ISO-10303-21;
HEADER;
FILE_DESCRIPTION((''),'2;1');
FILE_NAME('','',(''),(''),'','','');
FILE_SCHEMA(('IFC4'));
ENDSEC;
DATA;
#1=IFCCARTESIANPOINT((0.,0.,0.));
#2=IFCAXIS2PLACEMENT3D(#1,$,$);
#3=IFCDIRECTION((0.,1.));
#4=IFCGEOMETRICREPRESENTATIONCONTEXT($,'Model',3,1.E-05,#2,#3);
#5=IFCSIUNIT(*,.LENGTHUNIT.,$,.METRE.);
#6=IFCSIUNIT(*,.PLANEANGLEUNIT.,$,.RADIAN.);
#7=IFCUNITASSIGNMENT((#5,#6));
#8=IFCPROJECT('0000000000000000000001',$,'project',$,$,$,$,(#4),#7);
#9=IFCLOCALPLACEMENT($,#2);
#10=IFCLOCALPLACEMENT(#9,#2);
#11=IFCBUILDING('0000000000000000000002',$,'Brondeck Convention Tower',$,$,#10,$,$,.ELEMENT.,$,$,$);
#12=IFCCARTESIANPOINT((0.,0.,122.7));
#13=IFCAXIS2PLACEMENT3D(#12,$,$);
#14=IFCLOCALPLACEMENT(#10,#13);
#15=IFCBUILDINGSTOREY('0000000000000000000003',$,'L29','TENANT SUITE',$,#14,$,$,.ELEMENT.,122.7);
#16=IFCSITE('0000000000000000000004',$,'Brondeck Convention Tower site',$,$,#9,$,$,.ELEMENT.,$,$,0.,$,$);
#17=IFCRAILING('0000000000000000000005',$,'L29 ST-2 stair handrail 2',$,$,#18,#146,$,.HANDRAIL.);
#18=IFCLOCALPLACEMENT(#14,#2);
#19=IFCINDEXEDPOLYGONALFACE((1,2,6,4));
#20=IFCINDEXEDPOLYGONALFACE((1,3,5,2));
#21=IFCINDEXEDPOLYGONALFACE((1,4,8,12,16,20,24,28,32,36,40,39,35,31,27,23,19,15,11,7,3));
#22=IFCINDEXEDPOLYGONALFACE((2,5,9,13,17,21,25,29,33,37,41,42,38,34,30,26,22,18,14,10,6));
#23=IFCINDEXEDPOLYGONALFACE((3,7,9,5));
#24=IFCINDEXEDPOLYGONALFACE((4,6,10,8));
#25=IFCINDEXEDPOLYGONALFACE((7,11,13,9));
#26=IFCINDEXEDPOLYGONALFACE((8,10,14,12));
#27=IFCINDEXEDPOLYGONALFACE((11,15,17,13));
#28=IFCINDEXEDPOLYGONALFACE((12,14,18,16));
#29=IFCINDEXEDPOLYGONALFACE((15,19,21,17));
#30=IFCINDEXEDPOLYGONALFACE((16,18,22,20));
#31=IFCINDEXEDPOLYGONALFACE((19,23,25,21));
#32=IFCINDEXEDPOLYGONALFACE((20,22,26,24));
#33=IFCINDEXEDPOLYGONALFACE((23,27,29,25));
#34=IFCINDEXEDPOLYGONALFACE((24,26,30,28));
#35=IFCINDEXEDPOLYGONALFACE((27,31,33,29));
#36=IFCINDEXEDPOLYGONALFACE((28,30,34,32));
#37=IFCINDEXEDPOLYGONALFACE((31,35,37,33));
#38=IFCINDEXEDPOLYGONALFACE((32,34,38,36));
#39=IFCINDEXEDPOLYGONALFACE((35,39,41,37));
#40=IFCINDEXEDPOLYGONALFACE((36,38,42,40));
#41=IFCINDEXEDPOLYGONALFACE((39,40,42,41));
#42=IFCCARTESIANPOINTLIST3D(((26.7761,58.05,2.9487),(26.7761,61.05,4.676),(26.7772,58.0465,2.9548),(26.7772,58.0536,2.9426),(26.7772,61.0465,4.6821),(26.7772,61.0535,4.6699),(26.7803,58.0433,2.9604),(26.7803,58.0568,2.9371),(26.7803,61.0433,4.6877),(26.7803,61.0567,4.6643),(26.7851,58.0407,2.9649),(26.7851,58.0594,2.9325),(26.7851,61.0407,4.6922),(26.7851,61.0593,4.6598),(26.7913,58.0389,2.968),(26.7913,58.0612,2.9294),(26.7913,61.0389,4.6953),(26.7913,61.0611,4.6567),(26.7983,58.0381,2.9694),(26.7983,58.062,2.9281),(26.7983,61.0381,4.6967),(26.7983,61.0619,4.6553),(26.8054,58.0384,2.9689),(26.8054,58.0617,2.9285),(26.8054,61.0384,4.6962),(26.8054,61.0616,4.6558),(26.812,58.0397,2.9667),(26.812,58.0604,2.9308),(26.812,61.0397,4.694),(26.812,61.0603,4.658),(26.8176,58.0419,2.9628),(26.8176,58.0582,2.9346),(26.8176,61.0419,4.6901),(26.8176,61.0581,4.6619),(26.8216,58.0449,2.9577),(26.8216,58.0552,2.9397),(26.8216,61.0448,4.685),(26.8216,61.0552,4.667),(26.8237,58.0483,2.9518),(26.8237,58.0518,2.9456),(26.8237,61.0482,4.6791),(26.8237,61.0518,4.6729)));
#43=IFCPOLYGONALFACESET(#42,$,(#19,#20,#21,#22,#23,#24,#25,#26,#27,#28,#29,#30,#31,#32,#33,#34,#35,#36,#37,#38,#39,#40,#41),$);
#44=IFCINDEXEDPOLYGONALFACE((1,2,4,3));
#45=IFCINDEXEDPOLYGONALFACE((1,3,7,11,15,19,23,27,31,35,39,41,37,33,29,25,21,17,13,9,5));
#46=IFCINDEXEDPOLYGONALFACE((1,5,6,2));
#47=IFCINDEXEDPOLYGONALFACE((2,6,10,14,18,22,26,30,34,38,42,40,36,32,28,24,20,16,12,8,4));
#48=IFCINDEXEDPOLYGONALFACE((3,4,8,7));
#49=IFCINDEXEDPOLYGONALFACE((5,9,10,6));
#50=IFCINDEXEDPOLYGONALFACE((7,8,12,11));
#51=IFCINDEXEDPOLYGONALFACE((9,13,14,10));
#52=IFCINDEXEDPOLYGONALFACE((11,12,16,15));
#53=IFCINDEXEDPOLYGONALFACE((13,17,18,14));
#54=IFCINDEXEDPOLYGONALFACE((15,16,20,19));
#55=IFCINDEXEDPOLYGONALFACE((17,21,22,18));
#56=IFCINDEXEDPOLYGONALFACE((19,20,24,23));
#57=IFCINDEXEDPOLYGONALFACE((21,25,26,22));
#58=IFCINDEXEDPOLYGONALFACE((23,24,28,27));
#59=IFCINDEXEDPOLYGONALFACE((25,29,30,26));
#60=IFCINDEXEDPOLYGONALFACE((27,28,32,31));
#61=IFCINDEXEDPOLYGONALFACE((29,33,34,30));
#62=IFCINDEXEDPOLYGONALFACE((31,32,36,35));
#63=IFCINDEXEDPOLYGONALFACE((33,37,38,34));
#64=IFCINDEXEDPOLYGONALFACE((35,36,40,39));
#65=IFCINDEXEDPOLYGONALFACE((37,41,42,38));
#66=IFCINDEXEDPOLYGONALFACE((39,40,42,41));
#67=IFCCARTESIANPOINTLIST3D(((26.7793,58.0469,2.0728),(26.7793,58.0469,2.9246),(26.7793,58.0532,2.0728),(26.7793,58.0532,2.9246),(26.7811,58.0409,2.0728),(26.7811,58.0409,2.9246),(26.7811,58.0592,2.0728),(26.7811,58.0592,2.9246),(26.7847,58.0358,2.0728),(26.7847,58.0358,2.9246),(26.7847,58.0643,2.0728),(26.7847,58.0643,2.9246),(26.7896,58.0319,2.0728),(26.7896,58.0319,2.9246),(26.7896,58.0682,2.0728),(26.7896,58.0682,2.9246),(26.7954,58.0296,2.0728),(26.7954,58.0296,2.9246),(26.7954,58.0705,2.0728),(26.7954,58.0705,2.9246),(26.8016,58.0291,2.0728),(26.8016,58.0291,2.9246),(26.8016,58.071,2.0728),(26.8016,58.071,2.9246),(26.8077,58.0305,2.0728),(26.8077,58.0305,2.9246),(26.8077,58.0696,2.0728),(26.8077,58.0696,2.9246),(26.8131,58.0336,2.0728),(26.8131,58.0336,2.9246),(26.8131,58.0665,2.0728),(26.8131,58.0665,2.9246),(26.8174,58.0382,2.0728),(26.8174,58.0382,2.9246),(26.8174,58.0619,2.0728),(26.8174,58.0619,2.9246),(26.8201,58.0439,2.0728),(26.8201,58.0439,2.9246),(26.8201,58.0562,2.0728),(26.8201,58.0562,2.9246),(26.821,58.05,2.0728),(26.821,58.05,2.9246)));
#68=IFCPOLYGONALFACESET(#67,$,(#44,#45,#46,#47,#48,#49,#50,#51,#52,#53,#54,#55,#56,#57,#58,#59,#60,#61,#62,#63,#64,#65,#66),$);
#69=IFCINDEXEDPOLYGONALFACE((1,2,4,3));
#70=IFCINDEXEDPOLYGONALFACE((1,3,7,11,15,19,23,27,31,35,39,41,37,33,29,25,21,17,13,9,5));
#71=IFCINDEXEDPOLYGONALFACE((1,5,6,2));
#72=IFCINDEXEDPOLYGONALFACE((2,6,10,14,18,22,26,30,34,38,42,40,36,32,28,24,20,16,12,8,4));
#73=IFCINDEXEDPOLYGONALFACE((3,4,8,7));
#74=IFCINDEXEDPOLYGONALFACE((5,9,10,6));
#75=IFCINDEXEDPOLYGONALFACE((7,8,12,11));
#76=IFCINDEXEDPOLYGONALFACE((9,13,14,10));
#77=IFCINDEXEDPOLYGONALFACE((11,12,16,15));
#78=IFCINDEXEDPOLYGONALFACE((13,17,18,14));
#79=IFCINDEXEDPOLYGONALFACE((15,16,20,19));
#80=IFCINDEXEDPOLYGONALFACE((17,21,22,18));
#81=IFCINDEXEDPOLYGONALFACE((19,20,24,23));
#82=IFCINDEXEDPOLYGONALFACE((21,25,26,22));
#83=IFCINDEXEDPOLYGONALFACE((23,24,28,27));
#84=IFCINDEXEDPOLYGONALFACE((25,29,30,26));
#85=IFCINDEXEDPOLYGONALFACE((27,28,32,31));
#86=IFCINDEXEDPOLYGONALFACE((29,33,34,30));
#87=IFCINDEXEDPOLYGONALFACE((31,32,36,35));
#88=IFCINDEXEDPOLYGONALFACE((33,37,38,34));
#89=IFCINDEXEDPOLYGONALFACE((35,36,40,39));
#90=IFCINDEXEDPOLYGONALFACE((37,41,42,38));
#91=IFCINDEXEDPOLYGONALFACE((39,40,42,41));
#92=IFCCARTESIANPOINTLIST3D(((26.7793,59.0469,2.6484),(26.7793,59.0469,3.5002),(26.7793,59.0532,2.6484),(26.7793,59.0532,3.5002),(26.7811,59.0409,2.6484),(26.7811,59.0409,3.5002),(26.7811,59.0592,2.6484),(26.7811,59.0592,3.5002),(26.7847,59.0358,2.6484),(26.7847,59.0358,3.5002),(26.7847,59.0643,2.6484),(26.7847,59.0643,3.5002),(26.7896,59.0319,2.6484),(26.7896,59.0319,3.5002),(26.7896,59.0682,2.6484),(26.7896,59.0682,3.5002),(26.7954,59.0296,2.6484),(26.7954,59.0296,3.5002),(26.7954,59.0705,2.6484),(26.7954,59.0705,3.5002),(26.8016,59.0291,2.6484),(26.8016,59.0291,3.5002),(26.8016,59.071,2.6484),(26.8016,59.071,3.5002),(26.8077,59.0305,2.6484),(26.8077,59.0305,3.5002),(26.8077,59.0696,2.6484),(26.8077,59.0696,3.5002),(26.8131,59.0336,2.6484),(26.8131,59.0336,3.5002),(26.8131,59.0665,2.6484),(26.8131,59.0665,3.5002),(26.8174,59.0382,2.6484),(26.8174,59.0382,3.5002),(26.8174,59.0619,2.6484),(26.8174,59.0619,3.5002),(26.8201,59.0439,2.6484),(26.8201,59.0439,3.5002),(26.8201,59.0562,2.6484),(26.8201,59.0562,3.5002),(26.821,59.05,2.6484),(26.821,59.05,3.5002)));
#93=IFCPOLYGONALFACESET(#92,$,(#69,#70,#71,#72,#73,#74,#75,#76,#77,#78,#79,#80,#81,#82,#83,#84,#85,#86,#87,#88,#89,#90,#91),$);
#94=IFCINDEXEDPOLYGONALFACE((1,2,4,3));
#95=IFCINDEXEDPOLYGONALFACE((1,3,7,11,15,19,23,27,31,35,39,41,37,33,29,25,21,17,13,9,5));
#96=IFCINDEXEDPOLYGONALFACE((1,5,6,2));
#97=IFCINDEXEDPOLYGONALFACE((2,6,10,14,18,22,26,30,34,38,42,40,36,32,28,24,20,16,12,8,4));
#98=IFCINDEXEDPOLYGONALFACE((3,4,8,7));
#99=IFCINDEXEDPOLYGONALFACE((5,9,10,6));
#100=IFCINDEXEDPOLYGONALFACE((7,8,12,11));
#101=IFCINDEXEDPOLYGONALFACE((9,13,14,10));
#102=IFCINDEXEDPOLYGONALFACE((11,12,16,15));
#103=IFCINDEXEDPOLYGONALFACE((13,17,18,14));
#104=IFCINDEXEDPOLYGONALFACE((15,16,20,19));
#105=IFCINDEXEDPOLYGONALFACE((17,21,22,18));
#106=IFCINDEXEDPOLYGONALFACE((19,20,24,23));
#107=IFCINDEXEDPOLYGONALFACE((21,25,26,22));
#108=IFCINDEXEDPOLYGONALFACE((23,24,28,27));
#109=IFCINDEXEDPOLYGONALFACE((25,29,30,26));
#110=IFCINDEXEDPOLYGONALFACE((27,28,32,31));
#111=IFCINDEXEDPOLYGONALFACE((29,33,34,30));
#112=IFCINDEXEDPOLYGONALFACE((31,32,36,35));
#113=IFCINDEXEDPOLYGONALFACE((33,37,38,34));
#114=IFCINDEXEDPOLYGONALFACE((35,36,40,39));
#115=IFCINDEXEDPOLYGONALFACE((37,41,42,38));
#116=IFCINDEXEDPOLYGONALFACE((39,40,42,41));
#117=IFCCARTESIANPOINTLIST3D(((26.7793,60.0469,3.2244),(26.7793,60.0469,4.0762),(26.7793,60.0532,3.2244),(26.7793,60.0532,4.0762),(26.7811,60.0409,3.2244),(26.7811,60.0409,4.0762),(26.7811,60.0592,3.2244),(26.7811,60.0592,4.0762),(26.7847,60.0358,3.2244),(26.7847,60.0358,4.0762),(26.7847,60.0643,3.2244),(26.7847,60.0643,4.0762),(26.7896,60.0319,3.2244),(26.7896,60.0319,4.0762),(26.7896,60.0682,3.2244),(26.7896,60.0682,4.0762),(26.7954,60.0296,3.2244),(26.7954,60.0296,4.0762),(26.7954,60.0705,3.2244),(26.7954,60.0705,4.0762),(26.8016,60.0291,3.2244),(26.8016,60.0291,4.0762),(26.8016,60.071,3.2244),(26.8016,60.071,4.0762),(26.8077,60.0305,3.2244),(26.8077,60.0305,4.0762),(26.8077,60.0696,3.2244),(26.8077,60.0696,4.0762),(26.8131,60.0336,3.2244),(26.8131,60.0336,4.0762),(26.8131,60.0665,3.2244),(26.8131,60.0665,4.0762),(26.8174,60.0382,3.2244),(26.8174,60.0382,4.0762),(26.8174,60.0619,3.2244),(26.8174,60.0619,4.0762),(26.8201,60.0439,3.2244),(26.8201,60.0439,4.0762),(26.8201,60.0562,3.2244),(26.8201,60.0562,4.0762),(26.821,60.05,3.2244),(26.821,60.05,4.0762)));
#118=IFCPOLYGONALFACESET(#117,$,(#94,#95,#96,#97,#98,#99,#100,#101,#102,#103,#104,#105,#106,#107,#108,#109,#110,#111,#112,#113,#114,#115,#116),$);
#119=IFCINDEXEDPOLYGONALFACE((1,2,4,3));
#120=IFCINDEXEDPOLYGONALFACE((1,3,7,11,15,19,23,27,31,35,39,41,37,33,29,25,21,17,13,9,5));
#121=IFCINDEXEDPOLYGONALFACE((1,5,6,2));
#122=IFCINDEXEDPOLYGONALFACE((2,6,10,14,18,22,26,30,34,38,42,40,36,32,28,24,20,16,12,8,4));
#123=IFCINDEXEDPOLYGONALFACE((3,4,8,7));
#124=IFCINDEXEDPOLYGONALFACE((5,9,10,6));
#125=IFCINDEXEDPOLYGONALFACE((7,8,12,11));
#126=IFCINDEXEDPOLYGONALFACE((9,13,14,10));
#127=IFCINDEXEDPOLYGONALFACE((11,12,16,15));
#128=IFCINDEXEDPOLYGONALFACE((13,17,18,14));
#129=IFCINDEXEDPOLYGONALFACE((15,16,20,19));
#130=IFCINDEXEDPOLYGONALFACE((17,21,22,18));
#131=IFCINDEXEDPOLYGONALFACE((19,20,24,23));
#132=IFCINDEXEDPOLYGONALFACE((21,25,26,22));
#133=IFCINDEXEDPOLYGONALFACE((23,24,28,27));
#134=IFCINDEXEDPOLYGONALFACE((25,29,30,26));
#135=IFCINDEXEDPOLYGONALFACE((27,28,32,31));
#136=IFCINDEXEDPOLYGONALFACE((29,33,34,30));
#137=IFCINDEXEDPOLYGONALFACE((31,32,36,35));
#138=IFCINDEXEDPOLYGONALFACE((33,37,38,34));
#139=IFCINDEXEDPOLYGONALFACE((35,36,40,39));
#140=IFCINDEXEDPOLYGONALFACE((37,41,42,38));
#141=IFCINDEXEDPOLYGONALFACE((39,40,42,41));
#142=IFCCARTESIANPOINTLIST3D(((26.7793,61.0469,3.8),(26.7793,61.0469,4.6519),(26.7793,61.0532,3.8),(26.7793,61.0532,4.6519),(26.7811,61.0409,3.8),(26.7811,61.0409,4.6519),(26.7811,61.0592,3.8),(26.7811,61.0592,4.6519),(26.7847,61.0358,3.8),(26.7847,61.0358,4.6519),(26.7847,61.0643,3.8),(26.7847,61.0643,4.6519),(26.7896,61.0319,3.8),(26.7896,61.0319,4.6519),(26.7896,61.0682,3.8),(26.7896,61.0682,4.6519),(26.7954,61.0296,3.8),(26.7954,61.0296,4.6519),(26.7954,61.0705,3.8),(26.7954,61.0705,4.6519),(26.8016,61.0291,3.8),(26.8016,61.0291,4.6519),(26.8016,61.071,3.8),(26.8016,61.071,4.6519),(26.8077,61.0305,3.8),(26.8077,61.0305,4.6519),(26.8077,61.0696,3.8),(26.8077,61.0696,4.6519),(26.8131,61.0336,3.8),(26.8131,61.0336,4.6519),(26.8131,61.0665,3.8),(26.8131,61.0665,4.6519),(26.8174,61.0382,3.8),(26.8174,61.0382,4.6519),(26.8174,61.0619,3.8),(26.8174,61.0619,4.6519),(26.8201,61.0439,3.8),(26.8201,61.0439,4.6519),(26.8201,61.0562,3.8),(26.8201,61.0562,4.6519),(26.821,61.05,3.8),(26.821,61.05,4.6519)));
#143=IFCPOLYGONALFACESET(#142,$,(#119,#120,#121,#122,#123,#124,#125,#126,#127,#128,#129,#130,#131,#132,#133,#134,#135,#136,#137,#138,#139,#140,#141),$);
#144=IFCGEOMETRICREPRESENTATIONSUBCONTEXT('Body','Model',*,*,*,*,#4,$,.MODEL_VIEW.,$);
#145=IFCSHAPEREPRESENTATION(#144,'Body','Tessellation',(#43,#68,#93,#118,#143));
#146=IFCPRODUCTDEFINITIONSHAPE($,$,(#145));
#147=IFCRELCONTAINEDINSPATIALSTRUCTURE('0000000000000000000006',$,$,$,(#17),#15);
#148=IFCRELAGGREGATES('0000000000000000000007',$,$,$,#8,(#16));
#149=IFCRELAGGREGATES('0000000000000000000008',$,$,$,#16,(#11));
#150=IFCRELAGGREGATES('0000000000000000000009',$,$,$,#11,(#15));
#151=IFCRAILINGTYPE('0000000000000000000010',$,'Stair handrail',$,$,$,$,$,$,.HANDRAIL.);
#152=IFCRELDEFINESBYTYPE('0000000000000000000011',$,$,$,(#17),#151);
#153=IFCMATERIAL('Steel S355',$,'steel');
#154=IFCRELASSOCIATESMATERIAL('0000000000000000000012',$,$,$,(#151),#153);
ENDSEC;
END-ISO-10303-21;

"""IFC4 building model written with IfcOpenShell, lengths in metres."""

from ifc_helpers import new_model, si_unit, direction, frame, origin, origin_2d, place, context, subcontext, project, spatial, circle, extrude, material, type_object, element, save


model = new_model("IFC4")

# Units and contexts
model_context = context("Model", 3, precision=1e-05, world=origin(), true_north=direction((0.0, 1.0)))
body_context = subcontext(model_context, "Body", "Model", "MODEL_VIEW")
ifc_project = project(units=[si_unit("LENGTHUNIT", "METRE"), si_unit("PLANEANGLEUNIT", "RADIAN")], contexts=[model_context])

# Site, building, storey
site_placement = place(None, origin())
site = spatial("IfcSite", under=ifc_project, at=site_placement, Name="Brondeck Convention Tower site", CompositionType="ELEMENT", RefElevation=0.0)
building_placement = place(site_placement, origin())
building = spatial("IfcBuilding", under=site, at=building_placement, Name="Brondeck Convention Tower", CompositionType="ELEMENT")
storey_placement = place(building_placement, frame((0.0, 0.0, 122.7)))
storey = spatial("IfcBuildingStorey", under=building, at=storey_placement, Name="L29", Description="TENANT SUITE", CompositionType="ELEMENT", Elevation=122.7)

# Shared definitions
ifc_material_1 = material(Name="Steel S355", Category="steel")

# Railing
railing_type_1 = type_object("IfcRailingType", Name="Stair handrail", PredefinedType="HANDRAIL", material=ifc_material_1)
railing_1_placement = place(storey_placement, frame((26.8, 58.05, 2.0728)))
element("IfcRailing", 1, at=railing_1_placement, inside=storey, type_object=railing_type_1, Name="L29 ST-2 stair handrail 2", PredefinedType="HANDRAIL", context=body_context, shape_type="SweptSolid", body=[
    extrude(circle(Radius=0.0239, at=origin_2d()), frame((0.0, 0.0, 0.876), z_axis=(0.0, 0.86662, 0.498969), x_axis=(-1.0, 0.0, 0.0)), (0.0, 0.0, 1.0), 3.4617),
    extrude(circle(Radius=0.021, at=origin_2d()), origin(), (0.0, 0.0, 1.0), 0.8518),
    extrude(circle(Radius=0.021, at=origin_2d()), frame((0.0, 1.0, 0.5757)), (0.0, 0.0, 1.0), 0.8518),
    extrude(circle(Radius=0.021, at=origin_2d()), frame((0.0, 2.0, 1.1516)), (0.0, 0.0, 1.0), 0.8518),
    extrude(circle(Radius=0.021, at=origin_2d()), frame((0.0, 3.0, 1.7273)), (0.0, 0.0, 1.0), 0.8518),
])

save(model, "model.ifc")
